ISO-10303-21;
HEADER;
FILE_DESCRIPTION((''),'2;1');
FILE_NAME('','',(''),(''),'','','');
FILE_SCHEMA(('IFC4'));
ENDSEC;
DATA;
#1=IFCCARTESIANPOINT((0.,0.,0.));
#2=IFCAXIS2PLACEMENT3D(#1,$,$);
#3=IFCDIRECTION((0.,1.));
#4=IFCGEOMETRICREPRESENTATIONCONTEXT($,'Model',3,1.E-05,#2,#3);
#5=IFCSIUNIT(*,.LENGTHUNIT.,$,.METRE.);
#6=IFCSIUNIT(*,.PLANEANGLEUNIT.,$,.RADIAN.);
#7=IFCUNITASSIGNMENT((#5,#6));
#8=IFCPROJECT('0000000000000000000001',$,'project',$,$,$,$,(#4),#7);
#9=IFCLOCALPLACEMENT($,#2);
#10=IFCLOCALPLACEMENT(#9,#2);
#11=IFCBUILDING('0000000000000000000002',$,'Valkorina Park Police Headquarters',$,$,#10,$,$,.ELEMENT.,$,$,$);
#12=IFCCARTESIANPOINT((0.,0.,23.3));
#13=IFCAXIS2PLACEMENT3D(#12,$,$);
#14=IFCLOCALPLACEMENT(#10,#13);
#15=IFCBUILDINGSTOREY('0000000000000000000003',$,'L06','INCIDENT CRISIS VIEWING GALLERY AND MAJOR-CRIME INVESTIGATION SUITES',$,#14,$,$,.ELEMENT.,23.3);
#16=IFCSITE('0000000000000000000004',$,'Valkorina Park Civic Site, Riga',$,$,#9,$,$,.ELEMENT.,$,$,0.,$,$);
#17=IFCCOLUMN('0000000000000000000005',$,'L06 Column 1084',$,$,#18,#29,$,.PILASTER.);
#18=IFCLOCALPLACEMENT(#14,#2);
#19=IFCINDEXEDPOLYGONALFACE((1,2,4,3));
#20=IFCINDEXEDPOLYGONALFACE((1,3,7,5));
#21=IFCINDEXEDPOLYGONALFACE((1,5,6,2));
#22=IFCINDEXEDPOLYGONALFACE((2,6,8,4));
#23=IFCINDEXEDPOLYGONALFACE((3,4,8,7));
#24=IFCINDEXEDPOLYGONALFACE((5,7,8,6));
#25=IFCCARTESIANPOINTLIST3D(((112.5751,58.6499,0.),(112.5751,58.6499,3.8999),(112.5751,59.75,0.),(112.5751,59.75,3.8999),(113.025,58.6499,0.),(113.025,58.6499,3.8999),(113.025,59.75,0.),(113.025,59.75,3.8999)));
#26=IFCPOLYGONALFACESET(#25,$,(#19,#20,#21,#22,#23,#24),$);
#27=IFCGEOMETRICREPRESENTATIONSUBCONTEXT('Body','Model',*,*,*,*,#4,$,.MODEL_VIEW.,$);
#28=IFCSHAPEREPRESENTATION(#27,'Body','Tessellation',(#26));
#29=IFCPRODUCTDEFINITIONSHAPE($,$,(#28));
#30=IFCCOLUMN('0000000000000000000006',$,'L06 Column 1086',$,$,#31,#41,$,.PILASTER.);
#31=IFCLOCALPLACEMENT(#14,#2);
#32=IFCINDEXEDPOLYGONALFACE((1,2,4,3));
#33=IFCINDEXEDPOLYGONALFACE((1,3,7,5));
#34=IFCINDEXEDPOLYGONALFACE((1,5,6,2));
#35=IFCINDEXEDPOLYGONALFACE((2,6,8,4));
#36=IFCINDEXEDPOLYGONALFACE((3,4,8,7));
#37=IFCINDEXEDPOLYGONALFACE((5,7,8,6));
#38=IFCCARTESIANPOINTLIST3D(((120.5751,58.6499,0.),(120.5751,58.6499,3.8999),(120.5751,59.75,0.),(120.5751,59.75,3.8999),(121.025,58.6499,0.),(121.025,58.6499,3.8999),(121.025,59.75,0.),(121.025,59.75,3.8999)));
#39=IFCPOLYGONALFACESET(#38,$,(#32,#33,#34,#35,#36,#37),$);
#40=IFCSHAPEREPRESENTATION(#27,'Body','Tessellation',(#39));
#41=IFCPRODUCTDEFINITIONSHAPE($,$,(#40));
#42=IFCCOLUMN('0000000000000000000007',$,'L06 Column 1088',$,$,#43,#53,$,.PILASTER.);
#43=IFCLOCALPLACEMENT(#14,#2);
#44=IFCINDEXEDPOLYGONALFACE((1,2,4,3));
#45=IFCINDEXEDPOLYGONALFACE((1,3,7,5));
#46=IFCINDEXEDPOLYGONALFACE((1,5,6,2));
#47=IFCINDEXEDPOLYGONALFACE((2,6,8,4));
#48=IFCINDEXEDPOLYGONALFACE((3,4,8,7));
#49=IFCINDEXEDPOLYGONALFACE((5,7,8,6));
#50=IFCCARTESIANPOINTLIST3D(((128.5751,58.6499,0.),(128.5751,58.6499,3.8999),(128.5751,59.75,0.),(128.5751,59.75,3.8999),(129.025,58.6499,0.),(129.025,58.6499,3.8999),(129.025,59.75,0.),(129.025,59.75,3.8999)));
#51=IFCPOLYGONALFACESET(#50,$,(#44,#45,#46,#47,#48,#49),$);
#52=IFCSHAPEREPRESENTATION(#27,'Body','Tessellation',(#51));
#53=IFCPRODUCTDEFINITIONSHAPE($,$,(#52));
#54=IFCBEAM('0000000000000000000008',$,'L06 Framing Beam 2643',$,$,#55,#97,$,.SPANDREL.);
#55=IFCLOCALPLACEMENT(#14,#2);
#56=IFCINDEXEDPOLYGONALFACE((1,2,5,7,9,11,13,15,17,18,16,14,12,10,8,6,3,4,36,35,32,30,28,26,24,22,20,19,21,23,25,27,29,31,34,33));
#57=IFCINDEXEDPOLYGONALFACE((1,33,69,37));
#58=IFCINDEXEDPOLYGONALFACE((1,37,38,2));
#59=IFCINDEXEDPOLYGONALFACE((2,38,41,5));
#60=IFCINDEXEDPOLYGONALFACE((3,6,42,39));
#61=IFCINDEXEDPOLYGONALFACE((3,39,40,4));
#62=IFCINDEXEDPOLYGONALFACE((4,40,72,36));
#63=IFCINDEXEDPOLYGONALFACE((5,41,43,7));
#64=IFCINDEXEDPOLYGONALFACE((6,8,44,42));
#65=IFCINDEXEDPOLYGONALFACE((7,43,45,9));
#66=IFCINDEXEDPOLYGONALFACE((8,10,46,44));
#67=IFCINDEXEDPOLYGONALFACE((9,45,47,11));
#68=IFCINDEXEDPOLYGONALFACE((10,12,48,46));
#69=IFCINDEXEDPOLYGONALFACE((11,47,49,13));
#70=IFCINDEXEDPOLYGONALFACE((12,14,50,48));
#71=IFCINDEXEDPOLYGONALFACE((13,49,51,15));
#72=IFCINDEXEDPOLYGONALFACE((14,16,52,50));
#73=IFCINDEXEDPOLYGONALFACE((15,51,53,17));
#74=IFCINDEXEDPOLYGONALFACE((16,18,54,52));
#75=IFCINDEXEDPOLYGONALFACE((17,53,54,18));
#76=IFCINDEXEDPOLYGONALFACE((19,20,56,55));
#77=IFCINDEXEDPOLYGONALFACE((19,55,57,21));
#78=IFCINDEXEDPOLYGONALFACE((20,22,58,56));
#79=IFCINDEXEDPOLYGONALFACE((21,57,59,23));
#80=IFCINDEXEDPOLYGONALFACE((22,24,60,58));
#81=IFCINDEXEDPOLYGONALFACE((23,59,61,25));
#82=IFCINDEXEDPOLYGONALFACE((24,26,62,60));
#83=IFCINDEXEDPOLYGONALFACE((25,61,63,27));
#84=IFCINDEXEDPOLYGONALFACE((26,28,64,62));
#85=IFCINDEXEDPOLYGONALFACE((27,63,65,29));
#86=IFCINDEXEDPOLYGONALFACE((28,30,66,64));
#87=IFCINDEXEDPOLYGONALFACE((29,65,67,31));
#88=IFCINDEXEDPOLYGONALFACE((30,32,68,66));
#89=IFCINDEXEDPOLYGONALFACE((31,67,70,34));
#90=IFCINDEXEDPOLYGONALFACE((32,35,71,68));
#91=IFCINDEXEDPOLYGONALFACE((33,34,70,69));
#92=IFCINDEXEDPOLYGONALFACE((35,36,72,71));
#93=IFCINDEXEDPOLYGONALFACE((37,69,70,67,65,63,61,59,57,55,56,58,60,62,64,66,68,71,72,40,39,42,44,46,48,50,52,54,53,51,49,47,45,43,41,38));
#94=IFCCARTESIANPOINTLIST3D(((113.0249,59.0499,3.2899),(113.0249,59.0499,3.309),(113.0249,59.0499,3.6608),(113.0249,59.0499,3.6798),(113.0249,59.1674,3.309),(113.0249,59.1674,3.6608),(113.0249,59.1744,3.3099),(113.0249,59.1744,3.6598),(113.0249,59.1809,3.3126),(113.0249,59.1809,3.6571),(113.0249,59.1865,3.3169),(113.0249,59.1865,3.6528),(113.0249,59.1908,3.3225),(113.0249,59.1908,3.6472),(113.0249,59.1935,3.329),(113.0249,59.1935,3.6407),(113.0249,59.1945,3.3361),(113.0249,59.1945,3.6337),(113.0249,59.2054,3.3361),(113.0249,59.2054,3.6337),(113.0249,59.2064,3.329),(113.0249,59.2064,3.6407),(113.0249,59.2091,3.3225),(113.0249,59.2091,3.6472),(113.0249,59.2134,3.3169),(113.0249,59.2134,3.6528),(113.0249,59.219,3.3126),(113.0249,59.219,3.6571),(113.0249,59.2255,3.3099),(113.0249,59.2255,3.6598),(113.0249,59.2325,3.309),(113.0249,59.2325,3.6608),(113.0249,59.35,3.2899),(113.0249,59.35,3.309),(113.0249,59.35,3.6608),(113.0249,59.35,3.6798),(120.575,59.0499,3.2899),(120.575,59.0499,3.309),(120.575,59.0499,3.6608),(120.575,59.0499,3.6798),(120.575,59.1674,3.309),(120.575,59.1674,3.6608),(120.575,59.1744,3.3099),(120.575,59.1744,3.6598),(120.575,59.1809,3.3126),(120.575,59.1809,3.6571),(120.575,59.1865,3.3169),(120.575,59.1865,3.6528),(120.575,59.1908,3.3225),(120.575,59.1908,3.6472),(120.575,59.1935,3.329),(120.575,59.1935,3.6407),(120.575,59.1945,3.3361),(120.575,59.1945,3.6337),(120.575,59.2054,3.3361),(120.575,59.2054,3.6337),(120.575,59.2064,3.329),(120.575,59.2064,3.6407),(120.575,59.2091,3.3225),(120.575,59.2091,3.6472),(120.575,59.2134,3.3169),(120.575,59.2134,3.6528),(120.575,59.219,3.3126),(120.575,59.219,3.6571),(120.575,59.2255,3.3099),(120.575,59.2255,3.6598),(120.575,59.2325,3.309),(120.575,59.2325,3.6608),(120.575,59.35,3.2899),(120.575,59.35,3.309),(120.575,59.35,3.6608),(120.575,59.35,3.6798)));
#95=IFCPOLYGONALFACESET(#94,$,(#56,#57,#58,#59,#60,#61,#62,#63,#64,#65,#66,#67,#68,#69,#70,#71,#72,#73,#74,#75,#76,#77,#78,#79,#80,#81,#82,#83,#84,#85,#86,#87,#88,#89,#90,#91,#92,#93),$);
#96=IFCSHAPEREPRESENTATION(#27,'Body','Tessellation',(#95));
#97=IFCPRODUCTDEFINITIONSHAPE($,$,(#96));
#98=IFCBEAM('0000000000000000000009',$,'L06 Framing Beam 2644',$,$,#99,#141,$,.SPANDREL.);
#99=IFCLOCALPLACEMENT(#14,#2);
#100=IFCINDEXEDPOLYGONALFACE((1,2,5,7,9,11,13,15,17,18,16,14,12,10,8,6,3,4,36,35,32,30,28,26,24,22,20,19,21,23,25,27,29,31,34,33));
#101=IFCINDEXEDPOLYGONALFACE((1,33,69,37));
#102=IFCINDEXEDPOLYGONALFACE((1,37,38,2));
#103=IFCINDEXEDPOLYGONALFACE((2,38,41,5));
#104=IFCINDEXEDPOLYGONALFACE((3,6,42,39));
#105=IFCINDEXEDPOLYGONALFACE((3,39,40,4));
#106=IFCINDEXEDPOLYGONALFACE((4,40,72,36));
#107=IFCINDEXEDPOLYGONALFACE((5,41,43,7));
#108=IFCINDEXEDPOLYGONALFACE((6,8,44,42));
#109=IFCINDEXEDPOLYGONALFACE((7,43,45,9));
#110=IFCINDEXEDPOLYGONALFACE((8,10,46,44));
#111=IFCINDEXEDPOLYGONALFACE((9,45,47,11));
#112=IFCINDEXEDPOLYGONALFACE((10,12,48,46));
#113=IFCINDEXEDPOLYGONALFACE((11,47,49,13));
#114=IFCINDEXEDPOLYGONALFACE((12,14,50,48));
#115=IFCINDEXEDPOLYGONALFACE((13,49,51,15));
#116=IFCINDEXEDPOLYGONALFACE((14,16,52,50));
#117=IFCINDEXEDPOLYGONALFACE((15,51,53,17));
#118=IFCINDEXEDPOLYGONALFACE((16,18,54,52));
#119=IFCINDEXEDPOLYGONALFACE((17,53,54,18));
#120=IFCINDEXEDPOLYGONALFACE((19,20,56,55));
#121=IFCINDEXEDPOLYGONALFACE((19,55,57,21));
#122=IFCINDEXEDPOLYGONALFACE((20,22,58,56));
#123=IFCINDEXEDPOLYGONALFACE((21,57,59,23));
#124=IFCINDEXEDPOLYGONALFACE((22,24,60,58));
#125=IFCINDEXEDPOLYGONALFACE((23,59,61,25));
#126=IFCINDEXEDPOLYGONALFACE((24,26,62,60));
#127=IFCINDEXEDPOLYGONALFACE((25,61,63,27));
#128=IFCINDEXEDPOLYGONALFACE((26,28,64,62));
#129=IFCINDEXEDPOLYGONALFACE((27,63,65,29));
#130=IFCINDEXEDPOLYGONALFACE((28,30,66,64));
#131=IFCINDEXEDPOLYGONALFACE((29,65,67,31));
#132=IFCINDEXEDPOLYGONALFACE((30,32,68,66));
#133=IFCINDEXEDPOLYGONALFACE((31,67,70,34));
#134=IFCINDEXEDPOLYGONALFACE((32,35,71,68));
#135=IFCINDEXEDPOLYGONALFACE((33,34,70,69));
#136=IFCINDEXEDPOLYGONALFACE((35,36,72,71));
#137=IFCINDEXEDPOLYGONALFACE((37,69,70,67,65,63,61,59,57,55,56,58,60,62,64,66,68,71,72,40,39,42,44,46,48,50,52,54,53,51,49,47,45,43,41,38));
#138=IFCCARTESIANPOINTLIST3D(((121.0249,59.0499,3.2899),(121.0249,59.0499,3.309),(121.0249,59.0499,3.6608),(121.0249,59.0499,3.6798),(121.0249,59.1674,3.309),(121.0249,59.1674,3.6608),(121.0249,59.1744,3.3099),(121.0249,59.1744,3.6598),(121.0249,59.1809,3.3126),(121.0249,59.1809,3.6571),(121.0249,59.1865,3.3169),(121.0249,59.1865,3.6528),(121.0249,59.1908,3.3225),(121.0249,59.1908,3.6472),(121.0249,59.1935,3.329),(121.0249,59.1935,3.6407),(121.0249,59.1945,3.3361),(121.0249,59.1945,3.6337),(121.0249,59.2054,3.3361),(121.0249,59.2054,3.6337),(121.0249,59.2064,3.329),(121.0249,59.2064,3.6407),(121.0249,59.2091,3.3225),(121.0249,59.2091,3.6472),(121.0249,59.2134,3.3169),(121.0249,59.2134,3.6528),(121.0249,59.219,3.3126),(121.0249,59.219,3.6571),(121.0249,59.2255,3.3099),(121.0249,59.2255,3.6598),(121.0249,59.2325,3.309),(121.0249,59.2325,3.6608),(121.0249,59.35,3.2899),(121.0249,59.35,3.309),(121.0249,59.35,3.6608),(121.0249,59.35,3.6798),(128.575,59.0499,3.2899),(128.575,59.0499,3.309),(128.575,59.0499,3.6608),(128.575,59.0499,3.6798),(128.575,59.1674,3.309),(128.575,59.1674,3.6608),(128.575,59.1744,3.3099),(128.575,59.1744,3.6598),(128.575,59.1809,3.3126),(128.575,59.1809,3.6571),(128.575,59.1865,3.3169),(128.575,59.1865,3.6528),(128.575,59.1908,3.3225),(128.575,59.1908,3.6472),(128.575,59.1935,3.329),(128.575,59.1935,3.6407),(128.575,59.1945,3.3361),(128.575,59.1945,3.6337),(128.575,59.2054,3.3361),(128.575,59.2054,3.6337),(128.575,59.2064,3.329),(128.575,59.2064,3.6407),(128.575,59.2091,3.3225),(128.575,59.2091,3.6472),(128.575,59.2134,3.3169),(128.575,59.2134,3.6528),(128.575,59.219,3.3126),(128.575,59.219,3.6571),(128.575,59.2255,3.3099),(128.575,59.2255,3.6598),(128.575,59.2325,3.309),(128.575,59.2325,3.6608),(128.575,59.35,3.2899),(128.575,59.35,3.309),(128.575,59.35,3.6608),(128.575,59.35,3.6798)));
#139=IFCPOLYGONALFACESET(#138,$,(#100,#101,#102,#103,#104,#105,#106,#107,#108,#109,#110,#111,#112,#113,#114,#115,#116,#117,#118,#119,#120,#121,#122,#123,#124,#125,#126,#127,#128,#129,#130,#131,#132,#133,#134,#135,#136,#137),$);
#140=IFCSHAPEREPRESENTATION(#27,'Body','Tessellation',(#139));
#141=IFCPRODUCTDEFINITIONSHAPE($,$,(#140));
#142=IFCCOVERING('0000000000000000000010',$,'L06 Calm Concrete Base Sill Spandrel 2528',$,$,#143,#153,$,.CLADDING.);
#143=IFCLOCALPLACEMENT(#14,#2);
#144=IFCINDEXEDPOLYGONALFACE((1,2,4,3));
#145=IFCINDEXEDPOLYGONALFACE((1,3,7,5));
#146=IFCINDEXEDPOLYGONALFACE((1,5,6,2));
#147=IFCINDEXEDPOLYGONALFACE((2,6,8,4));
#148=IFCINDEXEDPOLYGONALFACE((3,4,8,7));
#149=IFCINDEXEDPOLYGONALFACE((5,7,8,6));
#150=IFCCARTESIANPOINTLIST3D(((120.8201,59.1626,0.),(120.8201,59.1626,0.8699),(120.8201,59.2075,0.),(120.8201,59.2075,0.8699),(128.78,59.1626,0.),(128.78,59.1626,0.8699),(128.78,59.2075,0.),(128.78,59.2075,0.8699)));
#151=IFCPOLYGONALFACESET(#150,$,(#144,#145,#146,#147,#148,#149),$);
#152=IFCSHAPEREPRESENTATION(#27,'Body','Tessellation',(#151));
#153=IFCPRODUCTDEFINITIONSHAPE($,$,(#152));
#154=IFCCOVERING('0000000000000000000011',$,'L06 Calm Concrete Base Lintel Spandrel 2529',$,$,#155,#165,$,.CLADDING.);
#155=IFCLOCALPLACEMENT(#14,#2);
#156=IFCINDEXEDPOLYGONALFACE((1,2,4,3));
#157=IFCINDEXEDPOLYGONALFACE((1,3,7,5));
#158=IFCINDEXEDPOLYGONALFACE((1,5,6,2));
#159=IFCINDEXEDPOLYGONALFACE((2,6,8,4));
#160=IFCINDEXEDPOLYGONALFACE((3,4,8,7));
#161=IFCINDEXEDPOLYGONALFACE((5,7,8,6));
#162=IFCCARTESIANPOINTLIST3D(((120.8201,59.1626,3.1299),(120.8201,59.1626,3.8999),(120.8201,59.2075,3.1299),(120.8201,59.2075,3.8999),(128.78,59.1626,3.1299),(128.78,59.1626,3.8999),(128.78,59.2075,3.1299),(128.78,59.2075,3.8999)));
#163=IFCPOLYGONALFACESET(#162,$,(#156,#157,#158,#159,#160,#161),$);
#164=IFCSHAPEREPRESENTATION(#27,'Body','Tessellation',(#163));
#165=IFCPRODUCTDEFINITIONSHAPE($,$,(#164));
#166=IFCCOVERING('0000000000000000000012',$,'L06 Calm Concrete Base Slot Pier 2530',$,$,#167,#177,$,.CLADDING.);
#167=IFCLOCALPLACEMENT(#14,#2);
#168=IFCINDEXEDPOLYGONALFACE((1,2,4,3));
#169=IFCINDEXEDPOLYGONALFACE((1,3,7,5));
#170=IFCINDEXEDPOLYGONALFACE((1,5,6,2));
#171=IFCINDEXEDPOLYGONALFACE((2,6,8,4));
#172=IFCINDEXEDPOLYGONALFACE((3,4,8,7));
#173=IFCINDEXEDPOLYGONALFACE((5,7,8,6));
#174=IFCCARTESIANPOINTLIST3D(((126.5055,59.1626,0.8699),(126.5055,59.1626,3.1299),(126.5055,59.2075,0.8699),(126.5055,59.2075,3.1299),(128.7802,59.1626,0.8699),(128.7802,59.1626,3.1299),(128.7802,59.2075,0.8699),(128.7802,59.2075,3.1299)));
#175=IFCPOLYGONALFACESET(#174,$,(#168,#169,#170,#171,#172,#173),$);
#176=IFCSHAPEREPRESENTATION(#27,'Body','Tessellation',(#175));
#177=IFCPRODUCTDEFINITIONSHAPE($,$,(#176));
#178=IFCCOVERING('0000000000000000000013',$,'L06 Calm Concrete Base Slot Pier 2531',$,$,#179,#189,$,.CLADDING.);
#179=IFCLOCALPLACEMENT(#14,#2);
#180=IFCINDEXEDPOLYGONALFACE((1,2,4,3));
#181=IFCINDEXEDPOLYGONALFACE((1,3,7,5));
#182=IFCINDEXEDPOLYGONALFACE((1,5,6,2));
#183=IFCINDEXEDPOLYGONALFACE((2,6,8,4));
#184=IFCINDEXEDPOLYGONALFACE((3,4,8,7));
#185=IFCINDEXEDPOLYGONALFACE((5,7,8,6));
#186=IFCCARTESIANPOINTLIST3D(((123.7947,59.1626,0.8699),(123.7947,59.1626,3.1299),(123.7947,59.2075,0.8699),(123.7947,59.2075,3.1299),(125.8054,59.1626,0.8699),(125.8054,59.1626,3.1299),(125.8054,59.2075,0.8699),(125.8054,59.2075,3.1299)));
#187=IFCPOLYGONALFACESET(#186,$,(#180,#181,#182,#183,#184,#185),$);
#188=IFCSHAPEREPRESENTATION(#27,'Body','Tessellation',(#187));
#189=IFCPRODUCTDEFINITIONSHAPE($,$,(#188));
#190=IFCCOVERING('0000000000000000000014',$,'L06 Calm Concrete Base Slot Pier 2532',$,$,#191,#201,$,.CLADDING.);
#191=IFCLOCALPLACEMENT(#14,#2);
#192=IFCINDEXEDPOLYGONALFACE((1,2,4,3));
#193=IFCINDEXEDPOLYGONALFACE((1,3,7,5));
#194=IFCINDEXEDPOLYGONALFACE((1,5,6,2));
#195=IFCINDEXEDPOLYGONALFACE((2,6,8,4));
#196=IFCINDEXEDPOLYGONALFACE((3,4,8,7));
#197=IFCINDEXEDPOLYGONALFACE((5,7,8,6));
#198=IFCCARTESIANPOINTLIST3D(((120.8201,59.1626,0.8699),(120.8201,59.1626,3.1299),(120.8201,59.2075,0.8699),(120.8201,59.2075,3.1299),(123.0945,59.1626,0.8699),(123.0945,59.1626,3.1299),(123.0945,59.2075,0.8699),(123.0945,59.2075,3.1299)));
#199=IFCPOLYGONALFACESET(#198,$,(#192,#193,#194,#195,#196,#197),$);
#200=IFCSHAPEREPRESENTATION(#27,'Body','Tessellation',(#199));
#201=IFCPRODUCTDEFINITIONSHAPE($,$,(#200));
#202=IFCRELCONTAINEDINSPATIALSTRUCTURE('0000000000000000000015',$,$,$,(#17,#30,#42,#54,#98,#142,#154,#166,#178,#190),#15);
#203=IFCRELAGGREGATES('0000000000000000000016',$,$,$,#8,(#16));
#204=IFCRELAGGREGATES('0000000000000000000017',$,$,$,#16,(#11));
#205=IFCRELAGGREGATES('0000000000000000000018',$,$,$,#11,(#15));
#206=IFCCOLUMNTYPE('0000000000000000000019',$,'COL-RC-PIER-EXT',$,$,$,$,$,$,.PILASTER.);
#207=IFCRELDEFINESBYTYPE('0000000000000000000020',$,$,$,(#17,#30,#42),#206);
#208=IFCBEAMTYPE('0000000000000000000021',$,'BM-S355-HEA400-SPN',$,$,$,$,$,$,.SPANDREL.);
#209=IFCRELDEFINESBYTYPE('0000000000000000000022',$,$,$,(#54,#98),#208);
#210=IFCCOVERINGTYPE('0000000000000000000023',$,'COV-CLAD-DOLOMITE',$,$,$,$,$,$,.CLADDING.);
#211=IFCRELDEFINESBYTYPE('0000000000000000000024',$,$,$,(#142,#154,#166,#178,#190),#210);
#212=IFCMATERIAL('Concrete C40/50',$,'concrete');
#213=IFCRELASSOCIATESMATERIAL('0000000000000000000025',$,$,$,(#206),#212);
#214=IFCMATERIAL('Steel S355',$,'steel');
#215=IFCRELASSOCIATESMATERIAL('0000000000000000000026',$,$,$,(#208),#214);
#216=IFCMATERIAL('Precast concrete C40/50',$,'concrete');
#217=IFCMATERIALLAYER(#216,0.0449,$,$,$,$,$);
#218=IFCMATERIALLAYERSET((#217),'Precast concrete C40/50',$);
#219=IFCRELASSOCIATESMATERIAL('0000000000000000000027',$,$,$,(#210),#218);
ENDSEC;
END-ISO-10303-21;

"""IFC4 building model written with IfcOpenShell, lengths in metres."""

from ifc_helpers import new_model, si_unit, direction, frame, frame_2d, origin, origin_2d, place, context, subcontext, project, spatial, rectangle, i_section, extrude, material, layer, layer_set, material_profile, profile_set, type_object, element, save


model = new_model("IFC4")

# Units and contexts
model_context = context("Model", 3, precision=1e-05, world=origin(), true_north=direction((0.0, 1.0)))
body_context = subcontext(model_context, "Body", "Model", "MODEL_VIEW")
ifc_project = project(units=[si_unit("LENGTHUNIT", "METRE"), si_unit("PLANEANGLEUNIT", "RADIAN")], contexts=[model_context])

# Site, building, storey
site_placement = place(None, origin())
site = spatial("IfcSite", under=ifc_project, at=site_placement, Name="Valkorina Park Civic Site, Riga", CompositionType="ELEMENT", RefElevation=0.0)
building_placement = place(site_placement, origin())
building = spatial("IfcBuilding", under=site, at=building_placement, Name="Valkorina Park Police Headquarters", CompositionType="ELEMENT")
storey_placement = place(building_placement, frame((0.0, 0.0, 23.3)))
storey = spatial("IfcBuildingStorey", under=building, at=storey_placement, Name="L06", Description="INCIDENT CRISIS VIEWING GALLERY AND MAJOR-CRIME INVESTIGATION SUITES", CompositionType="ELEMENT", Elevation=23.3)

# Columns
ifc_material_1 = material(Name="Concrete C40/50", Category="concrete")
ifc_material_profile_1 = material_profile(ifc_material_1, rectangle(XDim=0.45, YDim=1.1001, at=origin_2d()), Name="RC PIER 450x1100")
ifc_profile_set_1 = profile_set([ifc_material_profile_1], Name="Concrete C40/50")
column_type = type_object("IfcColumnType", Name="COL-RC-PIER-EXT", PredefinedType="PILASTER", material=ifc_profile_set_1)
for number, where, z_axis, x_axis, name in (
    (1, (112.8, 59.2, 0.0), (0.0, 0.0, 1.0), (1.0, 0.0, 0.0), "L06 Column 1084"),
    (2, (120.8, 59.2, 0.0), (0.0, 0.0, 1.0), (1.0, 0.0, 0.0), "L06 Column 1086"),
    (3, (128.8, 59.2, 0.0), (0.0, 0.0, 1.0), (1.0, 0.0, 0.0), "L06 Column 1088"),
):
    element("IfcColumn", number, at=place(storey_placement, frame(where, z_axis=z_axis, x_axis=x_axis)), inside=storey, type_object=column_type, Name=name, PredefinedType="PILASTER", context=body_context, shape_type="SweptSolid", body=[
        extrude(rectangle(XDim=0.45, YDim=1.1001, at=origin_2d()), origin(), (0.0, 0.0, 1.0), 3.8999),
    ])

# Beams
ifc_material_2 = material(Name="Steel S355", Category="steel")
ifc_material_profile_2 = material_profile(ifc_material_2, i_section(OverallWidth=0.3, OverallDepth=0.3899, WebThickness=0.011, FlangeThickness=0.019, FilletRadius=0.0271, at=origin_2d()), Name="HEA 400")
ifc_profile_set_2 = profile_set([ifc_material_profile_2], Name="Steel S355")
beam_type = type_object("IfcBeamType", Name="BM-S355-HEA400-SPN", PredefinedType="SPANDREL", material=ifc_profile_set_2)
for number, where, z_axis, x_axis, name in (
    (4, (113.0249, 59.2, 3.4849), (1.0, 0.0, 0.0), (0.0, 1.0, 0.0), "L06 Framing Beam 2643"),
    (5, (121.0249, 59.2, 3.4849), (1.0, 0.0, 0.0), (0.0, 1.0, 0.0), "L06 Framing Beam 2644"),
):
    element("IfcBeam", number, at=place(storey_placement, frame(where, z_axis=z_axis, x_axis=x_axis)), inside=storey, type_object=beam_type, Name=name, PredefinedType="SPANDREL", context=body_context, shape_type="SweptSolid", body=[
        extrude(i_section(OverallWidth=0.3, OverallDepth=0.3899, WebThickness=0.011, FlangeThickness=0.019, FilletRadius=0.0271, at=origin_2d()), origin(), (0.0, 0.0, 1.0), 7.55),
    ])

# Coverings
ifc_material_3 = material(Name="Precast concrete C40/50", Category="concrete")
ifc_layer_1 = layer(ifc_material_3, 0.0449)
ifc_layer_set_1 = layer_set([ifc_layer_1], Name="Precast concrete C40/50")
covering_type_1 = type_object("IfcCoveringType", Name="COV-CLAD-DOLOMITE", PredefinedType="CLADDING", material=ifc_layer_set_1)
covering_1_placement = place(storey_placement, frame((128.78, 59.1851, 0.0), z_axis=(0.0, 0.0, 1.0), x_axis=(-1.0, 0.0, 0.0)))
element("IfcCovering", 6, at=covering_1_placement, inside=storey, type_object=covering_type_1, Name="L06 Calm Concrete Base Sill Spandrel 2528", PredefinedType="CLADDING", context=body_context, shape_type="SweptSolid", body=[
    extrude(rectangle(XDim=7.96, YDim=0.0449, at=frame_2d((3.98, 0.0))), origin(), (0.0, 0.0, 1.0), 0.8699),
])
covering_2_placement = place(storey_placement, frame((128.78, 59.1851, 3.1299), z_axis=(0.0, 0.0, 1.0), x_axis=(-1.0, 0.0, 0.0)))
element("IfcCovering", 7, at=covering_2_placement, inside=storey, type_object=covering_type_1, Name="L06 Calm Concrete Base Lintel Spandrel 2529", PredefinedType="CLADDING", context=body_context, shape_type="SweptSolid", body=[
    extrude(rectangle(XDim=7.96, YDim=0.0449, at=frame_2d((3.98, 0.0))), origin(), (0.0, 0.0, 1.0), 0.77),
])
covering_3_placement = place(storey_placement, frame((128.78, 59.1851, 0.8699), z_axis=(0.0, 0.0, 1.0), x_axis=(-1.0, 0.0, 0.0)))
element("IfcCovering", 8, at=covering_3_placement, inside=storey, type_object=covering_type_1, Name="L06 Calm Concrete Base Slot Pier 2530", PredefinedType="CLADDING", context=body_context, shape_type="SweptSolid", body=[
    extrude(rectangle(XDim=2.2747, YDim=0.0449, at=frame_2d((1.1372, 0.0))), origin(), (0.0, 0.0, 1.0), 2.26),
])
covering_4_placement = place(storey_placement, frame((125.8054, 59.1851, 0.8699), z_axis=(0.0, 0.0, 1.0), x_axis=(-1.0, 0.0, 0.0)))
element("IfcCovering", 9, at=covering_4_placement, inside=storey, type_object=covering_type_1, Name="L06 Calm Concrete Base Slot Pier 2531", PredefinedType="CLADDING", context=body_context, shape_type="SweptSolid", body=[
    extrude(rectangle(XDim=2.0107, YDim=0.0449, at=frame_2d((1.0054, 0.0))), origin(), (0.0, 0.0, 1.0), 2.26),
])
covering_5_placement = place(storey_placement, frame((123.0945, 59.1851, 0.8699), z_axis=(0.0, 0.0, 1.0), x_axis=(-1.0, 0.0, 0.0)))
element("IfcCovering", 10, at=covering_5_placement, inside=storey, type_object=covering_type_1, Name="L06 Calm Concrete Base Slot Pier 2532", PredefinedType="CLADDING", context=body_context, shape_type="SweptSolid", body=[
    extrude(rectangle(XDim=2.2744, YDim=0.0449, at=frame_2d((1.1372, 0.0))), origin(), (0.0, 0.0, 1.0), 2.26),
])

save(model, "model.ifc")
